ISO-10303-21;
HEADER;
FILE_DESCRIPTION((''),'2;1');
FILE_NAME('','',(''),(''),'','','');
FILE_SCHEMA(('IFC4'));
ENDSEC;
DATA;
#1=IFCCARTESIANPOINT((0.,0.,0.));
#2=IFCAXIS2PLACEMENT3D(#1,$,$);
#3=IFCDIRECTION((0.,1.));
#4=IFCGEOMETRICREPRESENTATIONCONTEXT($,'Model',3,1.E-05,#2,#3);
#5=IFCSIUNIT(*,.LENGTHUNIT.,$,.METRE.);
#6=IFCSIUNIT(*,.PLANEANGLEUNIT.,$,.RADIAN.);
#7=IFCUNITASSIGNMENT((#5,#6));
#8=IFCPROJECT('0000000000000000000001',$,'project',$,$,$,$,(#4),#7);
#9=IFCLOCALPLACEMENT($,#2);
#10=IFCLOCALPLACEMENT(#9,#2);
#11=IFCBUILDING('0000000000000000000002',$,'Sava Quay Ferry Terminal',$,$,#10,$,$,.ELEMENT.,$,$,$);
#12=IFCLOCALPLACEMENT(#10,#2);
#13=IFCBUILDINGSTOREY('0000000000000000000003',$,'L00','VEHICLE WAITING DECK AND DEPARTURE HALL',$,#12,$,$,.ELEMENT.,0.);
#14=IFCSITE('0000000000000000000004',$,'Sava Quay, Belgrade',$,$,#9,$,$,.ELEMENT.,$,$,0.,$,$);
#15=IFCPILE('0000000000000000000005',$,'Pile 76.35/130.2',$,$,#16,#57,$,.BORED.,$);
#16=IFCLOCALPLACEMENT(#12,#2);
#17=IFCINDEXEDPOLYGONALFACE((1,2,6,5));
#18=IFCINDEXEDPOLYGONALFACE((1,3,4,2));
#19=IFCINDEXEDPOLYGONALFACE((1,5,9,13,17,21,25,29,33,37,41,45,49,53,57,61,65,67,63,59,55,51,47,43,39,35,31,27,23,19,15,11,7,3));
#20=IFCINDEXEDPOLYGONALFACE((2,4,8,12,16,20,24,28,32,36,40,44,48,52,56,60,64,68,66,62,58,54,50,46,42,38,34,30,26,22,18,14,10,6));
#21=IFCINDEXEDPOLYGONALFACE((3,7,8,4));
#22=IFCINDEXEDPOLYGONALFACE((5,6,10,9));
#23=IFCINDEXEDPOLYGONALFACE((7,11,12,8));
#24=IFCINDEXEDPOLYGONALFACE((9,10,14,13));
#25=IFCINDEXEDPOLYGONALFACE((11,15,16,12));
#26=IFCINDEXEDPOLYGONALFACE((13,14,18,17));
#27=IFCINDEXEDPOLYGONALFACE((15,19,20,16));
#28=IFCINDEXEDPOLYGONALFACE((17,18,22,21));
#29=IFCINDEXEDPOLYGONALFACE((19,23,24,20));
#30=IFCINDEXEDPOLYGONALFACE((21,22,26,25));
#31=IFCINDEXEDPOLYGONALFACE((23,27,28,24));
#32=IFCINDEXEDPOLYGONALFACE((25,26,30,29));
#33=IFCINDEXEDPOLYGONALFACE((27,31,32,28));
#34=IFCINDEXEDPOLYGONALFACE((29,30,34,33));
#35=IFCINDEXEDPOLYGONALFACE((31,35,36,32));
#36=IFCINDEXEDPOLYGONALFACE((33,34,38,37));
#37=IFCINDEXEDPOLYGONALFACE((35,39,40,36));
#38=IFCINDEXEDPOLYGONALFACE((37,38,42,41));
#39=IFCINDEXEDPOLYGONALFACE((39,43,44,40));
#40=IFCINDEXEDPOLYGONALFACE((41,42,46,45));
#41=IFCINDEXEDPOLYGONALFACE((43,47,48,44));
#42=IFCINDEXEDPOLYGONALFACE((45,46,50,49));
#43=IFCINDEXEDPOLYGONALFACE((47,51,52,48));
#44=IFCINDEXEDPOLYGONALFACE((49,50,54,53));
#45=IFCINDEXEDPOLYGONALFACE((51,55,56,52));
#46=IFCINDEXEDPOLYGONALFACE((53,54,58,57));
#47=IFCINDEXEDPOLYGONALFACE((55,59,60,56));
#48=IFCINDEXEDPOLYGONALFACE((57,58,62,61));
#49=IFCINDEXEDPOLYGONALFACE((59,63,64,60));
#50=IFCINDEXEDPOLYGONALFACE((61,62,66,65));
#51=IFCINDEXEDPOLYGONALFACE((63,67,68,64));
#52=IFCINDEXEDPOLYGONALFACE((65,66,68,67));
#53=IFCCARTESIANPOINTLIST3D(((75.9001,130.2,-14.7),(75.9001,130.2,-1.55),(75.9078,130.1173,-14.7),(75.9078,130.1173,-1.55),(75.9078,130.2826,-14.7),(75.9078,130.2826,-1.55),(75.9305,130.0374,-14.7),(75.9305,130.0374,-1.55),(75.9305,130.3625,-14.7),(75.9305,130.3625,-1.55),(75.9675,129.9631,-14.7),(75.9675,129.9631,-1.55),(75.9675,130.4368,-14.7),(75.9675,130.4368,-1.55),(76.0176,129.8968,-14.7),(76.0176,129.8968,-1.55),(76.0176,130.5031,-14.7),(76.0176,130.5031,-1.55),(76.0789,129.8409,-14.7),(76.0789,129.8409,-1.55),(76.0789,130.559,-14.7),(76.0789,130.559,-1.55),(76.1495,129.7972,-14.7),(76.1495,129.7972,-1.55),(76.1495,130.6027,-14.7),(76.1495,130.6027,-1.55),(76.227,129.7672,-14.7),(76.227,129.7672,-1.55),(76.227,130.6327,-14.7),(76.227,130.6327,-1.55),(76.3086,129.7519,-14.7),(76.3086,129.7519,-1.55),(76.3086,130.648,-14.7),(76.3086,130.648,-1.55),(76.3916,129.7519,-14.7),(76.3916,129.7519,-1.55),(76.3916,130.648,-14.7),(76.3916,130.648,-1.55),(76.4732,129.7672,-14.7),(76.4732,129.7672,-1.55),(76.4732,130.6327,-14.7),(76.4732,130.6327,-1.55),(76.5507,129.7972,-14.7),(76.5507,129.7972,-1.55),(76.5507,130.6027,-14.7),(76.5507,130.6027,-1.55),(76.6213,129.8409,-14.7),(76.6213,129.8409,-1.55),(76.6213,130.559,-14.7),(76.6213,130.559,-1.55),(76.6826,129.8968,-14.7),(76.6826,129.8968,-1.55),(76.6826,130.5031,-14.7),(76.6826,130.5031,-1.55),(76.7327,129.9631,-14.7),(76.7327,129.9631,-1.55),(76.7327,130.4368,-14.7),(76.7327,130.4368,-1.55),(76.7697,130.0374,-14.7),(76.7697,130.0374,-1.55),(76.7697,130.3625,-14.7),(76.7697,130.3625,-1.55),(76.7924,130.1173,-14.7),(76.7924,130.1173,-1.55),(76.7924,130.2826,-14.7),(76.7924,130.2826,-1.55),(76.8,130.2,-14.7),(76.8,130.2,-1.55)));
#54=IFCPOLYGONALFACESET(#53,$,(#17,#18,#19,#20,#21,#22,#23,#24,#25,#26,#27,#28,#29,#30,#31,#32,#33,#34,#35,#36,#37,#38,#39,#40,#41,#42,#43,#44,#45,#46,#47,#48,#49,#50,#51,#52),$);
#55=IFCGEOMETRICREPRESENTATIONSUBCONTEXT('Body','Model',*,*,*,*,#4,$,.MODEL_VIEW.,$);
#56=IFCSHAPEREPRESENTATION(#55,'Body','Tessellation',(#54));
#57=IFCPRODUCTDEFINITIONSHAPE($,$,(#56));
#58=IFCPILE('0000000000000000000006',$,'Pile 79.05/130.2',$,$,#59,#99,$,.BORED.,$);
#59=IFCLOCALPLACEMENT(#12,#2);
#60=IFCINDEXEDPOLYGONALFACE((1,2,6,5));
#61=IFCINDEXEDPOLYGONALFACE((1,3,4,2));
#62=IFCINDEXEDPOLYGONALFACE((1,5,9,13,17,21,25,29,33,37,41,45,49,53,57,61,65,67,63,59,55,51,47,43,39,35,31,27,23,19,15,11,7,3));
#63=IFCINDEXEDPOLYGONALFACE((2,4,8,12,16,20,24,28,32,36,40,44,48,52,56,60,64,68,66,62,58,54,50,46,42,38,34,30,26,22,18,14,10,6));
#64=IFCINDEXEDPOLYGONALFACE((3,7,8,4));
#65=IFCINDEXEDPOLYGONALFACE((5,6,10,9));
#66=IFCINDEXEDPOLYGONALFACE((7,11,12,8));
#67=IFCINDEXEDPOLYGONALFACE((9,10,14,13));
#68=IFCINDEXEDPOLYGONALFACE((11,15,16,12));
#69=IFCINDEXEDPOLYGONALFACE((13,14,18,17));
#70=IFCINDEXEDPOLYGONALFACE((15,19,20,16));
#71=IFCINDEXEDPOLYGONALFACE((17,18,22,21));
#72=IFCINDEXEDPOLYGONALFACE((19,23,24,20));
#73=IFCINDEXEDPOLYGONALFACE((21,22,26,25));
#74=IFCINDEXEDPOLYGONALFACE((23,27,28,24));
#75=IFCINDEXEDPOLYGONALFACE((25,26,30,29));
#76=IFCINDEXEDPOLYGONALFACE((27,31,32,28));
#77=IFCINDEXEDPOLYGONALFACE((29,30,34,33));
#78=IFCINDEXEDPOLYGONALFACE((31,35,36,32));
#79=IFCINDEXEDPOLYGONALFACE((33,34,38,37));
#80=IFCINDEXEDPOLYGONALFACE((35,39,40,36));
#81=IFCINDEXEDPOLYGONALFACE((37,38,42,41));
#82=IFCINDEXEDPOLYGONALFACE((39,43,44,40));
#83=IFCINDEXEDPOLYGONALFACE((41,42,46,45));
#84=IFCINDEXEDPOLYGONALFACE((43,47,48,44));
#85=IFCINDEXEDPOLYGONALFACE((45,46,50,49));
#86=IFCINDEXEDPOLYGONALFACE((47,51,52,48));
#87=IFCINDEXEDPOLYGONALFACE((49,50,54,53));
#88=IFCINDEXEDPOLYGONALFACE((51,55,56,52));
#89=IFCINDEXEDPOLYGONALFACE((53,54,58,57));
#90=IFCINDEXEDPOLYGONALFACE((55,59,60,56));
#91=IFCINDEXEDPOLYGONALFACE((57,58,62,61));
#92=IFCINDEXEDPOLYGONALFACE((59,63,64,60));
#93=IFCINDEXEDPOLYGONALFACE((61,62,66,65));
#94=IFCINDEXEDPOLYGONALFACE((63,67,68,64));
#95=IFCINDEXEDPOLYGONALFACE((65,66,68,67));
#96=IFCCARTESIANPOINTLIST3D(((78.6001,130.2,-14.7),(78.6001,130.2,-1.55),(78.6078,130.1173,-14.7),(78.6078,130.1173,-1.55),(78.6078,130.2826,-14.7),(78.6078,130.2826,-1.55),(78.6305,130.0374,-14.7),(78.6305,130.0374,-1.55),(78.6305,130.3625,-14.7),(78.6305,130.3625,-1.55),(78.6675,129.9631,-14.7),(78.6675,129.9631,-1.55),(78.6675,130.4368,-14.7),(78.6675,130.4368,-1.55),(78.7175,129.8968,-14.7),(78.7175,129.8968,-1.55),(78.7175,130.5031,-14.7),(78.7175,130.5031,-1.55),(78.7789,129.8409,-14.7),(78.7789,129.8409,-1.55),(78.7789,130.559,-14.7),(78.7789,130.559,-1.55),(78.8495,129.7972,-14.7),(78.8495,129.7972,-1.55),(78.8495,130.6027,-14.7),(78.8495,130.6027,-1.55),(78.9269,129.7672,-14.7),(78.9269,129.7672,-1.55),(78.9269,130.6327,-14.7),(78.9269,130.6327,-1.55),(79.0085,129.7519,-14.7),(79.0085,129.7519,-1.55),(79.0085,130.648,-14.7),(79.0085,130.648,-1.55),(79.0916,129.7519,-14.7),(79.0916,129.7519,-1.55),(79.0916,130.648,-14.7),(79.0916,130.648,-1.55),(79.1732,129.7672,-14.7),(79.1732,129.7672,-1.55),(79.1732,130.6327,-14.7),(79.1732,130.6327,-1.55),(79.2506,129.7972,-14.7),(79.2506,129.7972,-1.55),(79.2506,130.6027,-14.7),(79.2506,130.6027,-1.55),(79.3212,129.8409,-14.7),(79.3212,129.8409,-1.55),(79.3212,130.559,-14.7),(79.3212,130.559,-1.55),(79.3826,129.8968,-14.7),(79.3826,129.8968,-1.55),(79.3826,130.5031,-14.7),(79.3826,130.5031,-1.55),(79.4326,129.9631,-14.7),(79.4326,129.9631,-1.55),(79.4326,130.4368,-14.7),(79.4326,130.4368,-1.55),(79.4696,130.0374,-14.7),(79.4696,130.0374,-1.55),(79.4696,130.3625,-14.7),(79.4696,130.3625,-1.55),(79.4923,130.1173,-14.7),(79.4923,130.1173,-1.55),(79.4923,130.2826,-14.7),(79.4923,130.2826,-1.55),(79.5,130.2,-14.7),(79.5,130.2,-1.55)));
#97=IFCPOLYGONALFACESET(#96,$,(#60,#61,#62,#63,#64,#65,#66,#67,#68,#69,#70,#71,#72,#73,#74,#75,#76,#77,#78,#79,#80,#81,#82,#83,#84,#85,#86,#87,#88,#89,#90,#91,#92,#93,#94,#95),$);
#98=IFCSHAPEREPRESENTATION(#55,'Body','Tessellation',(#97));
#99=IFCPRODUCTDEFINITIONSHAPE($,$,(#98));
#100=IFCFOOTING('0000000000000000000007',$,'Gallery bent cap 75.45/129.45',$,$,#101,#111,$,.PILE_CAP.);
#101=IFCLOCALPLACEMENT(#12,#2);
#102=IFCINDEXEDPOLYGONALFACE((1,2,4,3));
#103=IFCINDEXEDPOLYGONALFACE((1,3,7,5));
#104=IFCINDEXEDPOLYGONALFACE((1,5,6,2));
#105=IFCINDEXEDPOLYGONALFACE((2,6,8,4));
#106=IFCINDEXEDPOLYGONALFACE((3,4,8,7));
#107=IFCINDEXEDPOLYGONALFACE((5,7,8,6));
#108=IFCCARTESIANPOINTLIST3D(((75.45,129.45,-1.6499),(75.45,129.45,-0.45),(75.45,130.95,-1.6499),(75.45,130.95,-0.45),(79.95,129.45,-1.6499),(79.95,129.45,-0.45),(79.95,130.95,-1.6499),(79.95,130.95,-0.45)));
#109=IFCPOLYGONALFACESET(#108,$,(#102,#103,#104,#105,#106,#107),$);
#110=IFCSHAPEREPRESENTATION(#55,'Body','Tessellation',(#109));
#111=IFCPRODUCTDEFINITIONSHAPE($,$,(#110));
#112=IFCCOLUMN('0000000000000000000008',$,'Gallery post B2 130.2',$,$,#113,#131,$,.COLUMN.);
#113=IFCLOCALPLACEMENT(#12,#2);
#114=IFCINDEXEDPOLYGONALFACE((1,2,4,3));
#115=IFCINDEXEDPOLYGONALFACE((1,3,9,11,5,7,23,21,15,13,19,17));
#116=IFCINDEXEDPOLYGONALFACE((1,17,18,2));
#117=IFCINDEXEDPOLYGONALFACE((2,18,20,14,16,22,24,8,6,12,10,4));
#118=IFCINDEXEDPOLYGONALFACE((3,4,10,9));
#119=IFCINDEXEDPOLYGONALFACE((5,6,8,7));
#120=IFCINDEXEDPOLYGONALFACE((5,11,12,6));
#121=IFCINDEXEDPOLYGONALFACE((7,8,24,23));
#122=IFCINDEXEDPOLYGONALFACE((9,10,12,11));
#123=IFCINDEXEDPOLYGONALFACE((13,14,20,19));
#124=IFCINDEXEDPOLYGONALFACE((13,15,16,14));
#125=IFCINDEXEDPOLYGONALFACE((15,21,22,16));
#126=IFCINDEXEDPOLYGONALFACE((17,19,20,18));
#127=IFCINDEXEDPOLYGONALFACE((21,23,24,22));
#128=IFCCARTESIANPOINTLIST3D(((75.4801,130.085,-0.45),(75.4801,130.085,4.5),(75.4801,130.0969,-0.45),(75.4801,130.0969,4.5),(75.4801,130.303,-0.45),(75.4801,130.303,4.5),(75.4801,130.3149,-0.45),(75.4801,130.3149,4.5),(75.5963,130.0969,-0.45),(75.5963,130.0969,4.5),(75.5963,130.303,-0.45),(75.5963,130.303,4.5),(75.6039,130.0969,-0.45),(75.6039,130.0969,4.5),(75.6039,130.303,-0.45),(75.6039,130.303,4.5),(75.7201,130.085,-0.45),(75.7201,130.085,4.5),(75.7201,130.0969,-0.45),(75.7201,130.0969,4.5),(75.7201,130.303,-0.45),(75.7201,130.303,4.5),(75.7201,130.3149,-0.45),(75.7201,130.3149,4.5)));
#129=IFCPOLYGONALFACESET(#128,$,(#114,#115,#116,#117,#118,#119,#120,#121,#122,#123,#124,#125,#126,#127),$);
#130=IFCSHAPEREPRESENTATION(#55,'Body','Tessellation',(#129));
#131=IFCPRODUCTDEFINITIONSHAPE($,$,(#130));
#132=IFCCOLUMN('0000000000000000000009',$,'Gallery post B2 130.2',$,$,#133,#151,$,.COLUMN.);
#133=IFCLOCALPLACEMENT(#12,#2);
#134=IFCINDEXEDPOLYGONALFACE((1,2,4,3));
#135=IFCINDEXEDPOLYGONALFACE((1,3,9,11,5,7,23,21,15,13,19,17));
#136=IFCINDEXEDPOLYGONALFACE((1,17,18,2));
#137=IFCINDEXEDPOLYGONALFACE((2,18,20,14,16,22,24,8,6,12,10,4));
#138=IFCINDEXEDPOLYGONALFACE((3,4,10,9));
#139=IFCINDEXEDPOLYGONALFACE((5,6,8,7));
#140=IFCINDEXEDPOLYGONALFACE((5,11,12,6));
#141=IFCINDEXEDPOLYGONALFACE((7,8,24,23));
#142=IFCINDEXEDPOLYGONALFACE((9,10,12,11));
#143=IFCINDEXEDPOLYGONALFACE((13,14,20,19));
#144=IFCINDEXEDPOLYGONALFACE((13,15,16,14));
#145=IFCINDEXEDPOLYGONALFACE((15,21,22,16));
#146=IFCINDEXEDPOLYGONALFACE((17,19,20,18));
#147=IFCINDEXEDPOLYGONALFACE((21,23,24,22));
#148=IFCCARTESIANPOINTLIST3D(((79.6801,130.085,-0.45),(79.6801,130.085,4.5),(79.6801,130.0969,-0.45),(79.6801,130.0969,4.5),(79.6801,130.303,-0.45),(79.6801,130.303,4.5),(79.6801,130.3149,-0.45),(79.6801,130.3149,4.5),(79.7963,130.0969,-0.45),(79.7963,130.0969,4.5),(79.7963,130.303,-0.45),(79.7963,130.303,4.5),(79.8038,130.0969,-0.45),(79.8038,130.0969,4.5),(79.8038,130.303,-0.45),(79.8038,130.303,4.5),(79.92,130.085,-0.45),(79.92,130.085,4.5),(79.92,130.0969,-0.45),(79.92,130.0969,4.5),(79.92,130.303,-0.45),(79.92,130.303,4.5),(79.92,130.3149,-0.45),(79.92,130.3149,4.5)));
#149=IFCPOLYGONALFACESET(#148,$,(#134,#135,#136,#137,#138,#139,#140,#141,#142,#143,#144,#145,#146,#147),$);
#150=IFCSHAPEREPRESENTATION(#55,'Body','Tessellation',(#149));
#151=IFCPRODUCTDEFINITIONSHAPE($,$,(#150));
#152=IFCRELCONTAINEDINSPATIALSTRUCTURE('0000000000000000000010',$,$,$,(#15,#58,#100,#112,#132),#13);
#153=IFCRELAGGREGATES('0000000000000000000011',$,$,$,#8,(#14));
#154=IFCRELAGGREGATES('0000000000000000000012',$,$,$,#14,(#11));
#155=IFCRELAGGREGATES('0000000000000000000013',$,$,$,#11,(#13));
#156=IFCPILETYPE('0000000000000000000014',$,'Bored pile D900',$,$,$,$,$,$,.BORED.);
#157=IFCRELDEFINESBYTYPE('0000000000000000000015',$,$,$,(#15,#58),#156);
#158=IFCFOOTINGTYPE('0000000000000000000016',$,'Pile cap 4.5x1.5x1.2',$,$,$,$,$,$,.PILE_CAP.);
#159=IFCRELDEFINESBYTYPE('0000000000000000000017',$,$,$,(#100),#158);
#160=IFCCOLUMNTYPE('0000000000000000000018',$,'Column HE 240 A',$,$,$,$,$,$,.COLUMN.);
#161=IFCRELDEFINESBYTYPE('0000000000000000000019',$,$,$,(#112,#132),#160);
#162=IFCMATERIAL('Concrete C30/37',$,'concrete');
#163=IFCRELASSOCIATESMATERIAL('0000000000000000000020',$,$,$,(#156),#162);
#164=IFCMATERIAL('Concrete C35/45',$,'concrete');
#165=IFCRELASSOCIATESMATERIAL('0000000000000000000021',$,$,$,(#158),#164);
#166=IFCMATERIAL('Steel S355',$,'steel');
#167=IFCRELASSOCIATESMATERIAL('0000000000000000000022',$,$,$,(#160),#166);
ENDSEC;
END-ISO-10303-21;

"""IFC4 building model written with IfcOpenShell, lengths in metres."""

from ifc_helpers import new_model, si_unit, direction, frame, origin, origin_2d, place, context, subcontext, project, spatial, rectangle, circle, i_section, extrude, material, material_profile, profile_set, type_object, element, save


model = new_model("IFC4")

# Units and contexts
model_context = context("Model", 3, precision=1e-05, world=origin(), true_north=direction((0.0, 1.0)))
body_context = subcontext(model_context, "Body", "Model", "MODEL_VIEW")
ifc_project = project(units=[si_unit("LENGTHUNIT", "METRE"), si_unit("PLANEANGLEUNIT", "RADIAN")], contexts=[model_context])

# Site, building, storey
site_placement = place(None, origin())
site = spatial("IfcSite", under=ifc_project, at=site_placement, Name="Sava Quay, Belgrade", CompositionType="ELEMENT", RefElevation=0.0)
building_placement = place(site_placement, origin())
building = spatial("IfcBuilding", under=site, at=building_placement, Name="Sava Quay Ferry Terminal", CompositionType="ELEMENT")
storey_placement = place(building_placement, origin())
storey = spatial("IfcBuildingStorey", under=building, at=storey_placement, Name="L00", Description="VEHICLE WAITING DECK AND DEPARTURE HALL", CompositionType="ELEMENT", Elevation=0.0)

# Piles
ifc_material_1 = material(Name="Concrete C30/37", Category="concrete")
ifc_material_profile_1 = material_profile(ifc_material_1, circle(Radius=0.45, at=origin_2d()), Name="Bored pile D900")
ifc_profile_set_1 = profile_set([ifc_material_profile_1], Name="Concrete C30/37")
pile_type = type_object("IfcPileType", Name="Bored pile D900", PredefinedType="BORED", material=ifc_profile_set_1)
for number, where, z_axis, x_axis, name in (
    (1, (76.3501, 130.2, -1.55), (0.0, 0.0, -1.0), (1.0, 0.0, 0.0), "Pile 76.35/130.2"),
    (2, (79.05, 130.2, -1.55), (0.0, 0.0, -1.0), (1.0, 0.0, 0.0), "Pile 79.05/130.2"),
):
    element("IfcPile", number, at=place(storey_placement, frame(where, z_axis=z_axis, x_axis=x_axis)), inside=storey, type_object=pile_type, Name=name, PredefinedType="BORED", context=body_context, shape_type="SweptSolid", body=[
        extrude(circle(Radius=0.45, at=origin_2d()), origin(), (0.0, 0.0, 1.0), 13.1499),
    ])

# Footing
ifc_material_2 = material(Name="Concrete C35/45", Category="concrete")
footing_type = type_object("IfcFootingType", Name="Pile cap 4.5x1.5x1.2", PredefinedType="PILE_CAP", material=ifc_material_2)
footing_placement = place(storey_placement, frame((77.7, 130.2, -1.6499), z_axis=(0.0, 0.0, 1.0), x_axis=(1.0, 0.0, 0.0)))
element("IfcFooting", 3, at=footing_placement, inside=storey, type_object=footing_type, Name="Gallery bent cap 75.45/129.45", PredefinedType="PILE_CAP", context=body_context, shape_type="SweptSolid", body=[
    extrude(rectangle(XDim=4.5, YDim=1.5, at=origin_2d()), origin(), (0.0, 0.0, 1.0), 1.2),
])

# Columns
ifc_material_3 = material(Name="Steel S355", Category="steel")
ifc_material_profile_2 = material_profile(ifc_material_3, i_section(OverallWidth=0.24, OverallDepth=0.23, WebThickness=0.0076, FlangeThickness=0.012, at=origin_2d()), Name="HE 240 A")
ifc_profile_set_2 = profile_set([ifc_material_profile_2], Name="Steel S355")
column_type = type_object("IfcColumnType", Name="Column HE 240 A", PredefinedType="COLUMN", material=ifc_profile_set_2)
for number, where, z_axis, x_axis, name in (
    (4, (75.6001, 130.2, -0.45), (0.0, 0.0, 1.0), (1.0, 0.0, 0.0), "Gallery post B2 130.2"),
    (5, (79.8, 130.2, -0.45), (0.0, 0.0, 1.0), (1.0, 0.0, 0.0), "Gallery post B2 130.2"),
):
    element("IfcColumn", number, at=place(storey_placement, frame(where, z_axis=z_axis, x_axis=x_axis)), inside=storey, type_object=column_type, Name=name, PredefinedType="COLUMN", context=body_context, shape_type="SweptSolid", body=[
        extrude(i_section(OverallWidth=0.24, OverallDepth=0.23, WebThickness=0.0076, FlangeThickness=0.012, at=origin_2d()), origin(), (0.0, 0.0, 1.0), 4.95),
    ])

save(model, "model.ifc")
